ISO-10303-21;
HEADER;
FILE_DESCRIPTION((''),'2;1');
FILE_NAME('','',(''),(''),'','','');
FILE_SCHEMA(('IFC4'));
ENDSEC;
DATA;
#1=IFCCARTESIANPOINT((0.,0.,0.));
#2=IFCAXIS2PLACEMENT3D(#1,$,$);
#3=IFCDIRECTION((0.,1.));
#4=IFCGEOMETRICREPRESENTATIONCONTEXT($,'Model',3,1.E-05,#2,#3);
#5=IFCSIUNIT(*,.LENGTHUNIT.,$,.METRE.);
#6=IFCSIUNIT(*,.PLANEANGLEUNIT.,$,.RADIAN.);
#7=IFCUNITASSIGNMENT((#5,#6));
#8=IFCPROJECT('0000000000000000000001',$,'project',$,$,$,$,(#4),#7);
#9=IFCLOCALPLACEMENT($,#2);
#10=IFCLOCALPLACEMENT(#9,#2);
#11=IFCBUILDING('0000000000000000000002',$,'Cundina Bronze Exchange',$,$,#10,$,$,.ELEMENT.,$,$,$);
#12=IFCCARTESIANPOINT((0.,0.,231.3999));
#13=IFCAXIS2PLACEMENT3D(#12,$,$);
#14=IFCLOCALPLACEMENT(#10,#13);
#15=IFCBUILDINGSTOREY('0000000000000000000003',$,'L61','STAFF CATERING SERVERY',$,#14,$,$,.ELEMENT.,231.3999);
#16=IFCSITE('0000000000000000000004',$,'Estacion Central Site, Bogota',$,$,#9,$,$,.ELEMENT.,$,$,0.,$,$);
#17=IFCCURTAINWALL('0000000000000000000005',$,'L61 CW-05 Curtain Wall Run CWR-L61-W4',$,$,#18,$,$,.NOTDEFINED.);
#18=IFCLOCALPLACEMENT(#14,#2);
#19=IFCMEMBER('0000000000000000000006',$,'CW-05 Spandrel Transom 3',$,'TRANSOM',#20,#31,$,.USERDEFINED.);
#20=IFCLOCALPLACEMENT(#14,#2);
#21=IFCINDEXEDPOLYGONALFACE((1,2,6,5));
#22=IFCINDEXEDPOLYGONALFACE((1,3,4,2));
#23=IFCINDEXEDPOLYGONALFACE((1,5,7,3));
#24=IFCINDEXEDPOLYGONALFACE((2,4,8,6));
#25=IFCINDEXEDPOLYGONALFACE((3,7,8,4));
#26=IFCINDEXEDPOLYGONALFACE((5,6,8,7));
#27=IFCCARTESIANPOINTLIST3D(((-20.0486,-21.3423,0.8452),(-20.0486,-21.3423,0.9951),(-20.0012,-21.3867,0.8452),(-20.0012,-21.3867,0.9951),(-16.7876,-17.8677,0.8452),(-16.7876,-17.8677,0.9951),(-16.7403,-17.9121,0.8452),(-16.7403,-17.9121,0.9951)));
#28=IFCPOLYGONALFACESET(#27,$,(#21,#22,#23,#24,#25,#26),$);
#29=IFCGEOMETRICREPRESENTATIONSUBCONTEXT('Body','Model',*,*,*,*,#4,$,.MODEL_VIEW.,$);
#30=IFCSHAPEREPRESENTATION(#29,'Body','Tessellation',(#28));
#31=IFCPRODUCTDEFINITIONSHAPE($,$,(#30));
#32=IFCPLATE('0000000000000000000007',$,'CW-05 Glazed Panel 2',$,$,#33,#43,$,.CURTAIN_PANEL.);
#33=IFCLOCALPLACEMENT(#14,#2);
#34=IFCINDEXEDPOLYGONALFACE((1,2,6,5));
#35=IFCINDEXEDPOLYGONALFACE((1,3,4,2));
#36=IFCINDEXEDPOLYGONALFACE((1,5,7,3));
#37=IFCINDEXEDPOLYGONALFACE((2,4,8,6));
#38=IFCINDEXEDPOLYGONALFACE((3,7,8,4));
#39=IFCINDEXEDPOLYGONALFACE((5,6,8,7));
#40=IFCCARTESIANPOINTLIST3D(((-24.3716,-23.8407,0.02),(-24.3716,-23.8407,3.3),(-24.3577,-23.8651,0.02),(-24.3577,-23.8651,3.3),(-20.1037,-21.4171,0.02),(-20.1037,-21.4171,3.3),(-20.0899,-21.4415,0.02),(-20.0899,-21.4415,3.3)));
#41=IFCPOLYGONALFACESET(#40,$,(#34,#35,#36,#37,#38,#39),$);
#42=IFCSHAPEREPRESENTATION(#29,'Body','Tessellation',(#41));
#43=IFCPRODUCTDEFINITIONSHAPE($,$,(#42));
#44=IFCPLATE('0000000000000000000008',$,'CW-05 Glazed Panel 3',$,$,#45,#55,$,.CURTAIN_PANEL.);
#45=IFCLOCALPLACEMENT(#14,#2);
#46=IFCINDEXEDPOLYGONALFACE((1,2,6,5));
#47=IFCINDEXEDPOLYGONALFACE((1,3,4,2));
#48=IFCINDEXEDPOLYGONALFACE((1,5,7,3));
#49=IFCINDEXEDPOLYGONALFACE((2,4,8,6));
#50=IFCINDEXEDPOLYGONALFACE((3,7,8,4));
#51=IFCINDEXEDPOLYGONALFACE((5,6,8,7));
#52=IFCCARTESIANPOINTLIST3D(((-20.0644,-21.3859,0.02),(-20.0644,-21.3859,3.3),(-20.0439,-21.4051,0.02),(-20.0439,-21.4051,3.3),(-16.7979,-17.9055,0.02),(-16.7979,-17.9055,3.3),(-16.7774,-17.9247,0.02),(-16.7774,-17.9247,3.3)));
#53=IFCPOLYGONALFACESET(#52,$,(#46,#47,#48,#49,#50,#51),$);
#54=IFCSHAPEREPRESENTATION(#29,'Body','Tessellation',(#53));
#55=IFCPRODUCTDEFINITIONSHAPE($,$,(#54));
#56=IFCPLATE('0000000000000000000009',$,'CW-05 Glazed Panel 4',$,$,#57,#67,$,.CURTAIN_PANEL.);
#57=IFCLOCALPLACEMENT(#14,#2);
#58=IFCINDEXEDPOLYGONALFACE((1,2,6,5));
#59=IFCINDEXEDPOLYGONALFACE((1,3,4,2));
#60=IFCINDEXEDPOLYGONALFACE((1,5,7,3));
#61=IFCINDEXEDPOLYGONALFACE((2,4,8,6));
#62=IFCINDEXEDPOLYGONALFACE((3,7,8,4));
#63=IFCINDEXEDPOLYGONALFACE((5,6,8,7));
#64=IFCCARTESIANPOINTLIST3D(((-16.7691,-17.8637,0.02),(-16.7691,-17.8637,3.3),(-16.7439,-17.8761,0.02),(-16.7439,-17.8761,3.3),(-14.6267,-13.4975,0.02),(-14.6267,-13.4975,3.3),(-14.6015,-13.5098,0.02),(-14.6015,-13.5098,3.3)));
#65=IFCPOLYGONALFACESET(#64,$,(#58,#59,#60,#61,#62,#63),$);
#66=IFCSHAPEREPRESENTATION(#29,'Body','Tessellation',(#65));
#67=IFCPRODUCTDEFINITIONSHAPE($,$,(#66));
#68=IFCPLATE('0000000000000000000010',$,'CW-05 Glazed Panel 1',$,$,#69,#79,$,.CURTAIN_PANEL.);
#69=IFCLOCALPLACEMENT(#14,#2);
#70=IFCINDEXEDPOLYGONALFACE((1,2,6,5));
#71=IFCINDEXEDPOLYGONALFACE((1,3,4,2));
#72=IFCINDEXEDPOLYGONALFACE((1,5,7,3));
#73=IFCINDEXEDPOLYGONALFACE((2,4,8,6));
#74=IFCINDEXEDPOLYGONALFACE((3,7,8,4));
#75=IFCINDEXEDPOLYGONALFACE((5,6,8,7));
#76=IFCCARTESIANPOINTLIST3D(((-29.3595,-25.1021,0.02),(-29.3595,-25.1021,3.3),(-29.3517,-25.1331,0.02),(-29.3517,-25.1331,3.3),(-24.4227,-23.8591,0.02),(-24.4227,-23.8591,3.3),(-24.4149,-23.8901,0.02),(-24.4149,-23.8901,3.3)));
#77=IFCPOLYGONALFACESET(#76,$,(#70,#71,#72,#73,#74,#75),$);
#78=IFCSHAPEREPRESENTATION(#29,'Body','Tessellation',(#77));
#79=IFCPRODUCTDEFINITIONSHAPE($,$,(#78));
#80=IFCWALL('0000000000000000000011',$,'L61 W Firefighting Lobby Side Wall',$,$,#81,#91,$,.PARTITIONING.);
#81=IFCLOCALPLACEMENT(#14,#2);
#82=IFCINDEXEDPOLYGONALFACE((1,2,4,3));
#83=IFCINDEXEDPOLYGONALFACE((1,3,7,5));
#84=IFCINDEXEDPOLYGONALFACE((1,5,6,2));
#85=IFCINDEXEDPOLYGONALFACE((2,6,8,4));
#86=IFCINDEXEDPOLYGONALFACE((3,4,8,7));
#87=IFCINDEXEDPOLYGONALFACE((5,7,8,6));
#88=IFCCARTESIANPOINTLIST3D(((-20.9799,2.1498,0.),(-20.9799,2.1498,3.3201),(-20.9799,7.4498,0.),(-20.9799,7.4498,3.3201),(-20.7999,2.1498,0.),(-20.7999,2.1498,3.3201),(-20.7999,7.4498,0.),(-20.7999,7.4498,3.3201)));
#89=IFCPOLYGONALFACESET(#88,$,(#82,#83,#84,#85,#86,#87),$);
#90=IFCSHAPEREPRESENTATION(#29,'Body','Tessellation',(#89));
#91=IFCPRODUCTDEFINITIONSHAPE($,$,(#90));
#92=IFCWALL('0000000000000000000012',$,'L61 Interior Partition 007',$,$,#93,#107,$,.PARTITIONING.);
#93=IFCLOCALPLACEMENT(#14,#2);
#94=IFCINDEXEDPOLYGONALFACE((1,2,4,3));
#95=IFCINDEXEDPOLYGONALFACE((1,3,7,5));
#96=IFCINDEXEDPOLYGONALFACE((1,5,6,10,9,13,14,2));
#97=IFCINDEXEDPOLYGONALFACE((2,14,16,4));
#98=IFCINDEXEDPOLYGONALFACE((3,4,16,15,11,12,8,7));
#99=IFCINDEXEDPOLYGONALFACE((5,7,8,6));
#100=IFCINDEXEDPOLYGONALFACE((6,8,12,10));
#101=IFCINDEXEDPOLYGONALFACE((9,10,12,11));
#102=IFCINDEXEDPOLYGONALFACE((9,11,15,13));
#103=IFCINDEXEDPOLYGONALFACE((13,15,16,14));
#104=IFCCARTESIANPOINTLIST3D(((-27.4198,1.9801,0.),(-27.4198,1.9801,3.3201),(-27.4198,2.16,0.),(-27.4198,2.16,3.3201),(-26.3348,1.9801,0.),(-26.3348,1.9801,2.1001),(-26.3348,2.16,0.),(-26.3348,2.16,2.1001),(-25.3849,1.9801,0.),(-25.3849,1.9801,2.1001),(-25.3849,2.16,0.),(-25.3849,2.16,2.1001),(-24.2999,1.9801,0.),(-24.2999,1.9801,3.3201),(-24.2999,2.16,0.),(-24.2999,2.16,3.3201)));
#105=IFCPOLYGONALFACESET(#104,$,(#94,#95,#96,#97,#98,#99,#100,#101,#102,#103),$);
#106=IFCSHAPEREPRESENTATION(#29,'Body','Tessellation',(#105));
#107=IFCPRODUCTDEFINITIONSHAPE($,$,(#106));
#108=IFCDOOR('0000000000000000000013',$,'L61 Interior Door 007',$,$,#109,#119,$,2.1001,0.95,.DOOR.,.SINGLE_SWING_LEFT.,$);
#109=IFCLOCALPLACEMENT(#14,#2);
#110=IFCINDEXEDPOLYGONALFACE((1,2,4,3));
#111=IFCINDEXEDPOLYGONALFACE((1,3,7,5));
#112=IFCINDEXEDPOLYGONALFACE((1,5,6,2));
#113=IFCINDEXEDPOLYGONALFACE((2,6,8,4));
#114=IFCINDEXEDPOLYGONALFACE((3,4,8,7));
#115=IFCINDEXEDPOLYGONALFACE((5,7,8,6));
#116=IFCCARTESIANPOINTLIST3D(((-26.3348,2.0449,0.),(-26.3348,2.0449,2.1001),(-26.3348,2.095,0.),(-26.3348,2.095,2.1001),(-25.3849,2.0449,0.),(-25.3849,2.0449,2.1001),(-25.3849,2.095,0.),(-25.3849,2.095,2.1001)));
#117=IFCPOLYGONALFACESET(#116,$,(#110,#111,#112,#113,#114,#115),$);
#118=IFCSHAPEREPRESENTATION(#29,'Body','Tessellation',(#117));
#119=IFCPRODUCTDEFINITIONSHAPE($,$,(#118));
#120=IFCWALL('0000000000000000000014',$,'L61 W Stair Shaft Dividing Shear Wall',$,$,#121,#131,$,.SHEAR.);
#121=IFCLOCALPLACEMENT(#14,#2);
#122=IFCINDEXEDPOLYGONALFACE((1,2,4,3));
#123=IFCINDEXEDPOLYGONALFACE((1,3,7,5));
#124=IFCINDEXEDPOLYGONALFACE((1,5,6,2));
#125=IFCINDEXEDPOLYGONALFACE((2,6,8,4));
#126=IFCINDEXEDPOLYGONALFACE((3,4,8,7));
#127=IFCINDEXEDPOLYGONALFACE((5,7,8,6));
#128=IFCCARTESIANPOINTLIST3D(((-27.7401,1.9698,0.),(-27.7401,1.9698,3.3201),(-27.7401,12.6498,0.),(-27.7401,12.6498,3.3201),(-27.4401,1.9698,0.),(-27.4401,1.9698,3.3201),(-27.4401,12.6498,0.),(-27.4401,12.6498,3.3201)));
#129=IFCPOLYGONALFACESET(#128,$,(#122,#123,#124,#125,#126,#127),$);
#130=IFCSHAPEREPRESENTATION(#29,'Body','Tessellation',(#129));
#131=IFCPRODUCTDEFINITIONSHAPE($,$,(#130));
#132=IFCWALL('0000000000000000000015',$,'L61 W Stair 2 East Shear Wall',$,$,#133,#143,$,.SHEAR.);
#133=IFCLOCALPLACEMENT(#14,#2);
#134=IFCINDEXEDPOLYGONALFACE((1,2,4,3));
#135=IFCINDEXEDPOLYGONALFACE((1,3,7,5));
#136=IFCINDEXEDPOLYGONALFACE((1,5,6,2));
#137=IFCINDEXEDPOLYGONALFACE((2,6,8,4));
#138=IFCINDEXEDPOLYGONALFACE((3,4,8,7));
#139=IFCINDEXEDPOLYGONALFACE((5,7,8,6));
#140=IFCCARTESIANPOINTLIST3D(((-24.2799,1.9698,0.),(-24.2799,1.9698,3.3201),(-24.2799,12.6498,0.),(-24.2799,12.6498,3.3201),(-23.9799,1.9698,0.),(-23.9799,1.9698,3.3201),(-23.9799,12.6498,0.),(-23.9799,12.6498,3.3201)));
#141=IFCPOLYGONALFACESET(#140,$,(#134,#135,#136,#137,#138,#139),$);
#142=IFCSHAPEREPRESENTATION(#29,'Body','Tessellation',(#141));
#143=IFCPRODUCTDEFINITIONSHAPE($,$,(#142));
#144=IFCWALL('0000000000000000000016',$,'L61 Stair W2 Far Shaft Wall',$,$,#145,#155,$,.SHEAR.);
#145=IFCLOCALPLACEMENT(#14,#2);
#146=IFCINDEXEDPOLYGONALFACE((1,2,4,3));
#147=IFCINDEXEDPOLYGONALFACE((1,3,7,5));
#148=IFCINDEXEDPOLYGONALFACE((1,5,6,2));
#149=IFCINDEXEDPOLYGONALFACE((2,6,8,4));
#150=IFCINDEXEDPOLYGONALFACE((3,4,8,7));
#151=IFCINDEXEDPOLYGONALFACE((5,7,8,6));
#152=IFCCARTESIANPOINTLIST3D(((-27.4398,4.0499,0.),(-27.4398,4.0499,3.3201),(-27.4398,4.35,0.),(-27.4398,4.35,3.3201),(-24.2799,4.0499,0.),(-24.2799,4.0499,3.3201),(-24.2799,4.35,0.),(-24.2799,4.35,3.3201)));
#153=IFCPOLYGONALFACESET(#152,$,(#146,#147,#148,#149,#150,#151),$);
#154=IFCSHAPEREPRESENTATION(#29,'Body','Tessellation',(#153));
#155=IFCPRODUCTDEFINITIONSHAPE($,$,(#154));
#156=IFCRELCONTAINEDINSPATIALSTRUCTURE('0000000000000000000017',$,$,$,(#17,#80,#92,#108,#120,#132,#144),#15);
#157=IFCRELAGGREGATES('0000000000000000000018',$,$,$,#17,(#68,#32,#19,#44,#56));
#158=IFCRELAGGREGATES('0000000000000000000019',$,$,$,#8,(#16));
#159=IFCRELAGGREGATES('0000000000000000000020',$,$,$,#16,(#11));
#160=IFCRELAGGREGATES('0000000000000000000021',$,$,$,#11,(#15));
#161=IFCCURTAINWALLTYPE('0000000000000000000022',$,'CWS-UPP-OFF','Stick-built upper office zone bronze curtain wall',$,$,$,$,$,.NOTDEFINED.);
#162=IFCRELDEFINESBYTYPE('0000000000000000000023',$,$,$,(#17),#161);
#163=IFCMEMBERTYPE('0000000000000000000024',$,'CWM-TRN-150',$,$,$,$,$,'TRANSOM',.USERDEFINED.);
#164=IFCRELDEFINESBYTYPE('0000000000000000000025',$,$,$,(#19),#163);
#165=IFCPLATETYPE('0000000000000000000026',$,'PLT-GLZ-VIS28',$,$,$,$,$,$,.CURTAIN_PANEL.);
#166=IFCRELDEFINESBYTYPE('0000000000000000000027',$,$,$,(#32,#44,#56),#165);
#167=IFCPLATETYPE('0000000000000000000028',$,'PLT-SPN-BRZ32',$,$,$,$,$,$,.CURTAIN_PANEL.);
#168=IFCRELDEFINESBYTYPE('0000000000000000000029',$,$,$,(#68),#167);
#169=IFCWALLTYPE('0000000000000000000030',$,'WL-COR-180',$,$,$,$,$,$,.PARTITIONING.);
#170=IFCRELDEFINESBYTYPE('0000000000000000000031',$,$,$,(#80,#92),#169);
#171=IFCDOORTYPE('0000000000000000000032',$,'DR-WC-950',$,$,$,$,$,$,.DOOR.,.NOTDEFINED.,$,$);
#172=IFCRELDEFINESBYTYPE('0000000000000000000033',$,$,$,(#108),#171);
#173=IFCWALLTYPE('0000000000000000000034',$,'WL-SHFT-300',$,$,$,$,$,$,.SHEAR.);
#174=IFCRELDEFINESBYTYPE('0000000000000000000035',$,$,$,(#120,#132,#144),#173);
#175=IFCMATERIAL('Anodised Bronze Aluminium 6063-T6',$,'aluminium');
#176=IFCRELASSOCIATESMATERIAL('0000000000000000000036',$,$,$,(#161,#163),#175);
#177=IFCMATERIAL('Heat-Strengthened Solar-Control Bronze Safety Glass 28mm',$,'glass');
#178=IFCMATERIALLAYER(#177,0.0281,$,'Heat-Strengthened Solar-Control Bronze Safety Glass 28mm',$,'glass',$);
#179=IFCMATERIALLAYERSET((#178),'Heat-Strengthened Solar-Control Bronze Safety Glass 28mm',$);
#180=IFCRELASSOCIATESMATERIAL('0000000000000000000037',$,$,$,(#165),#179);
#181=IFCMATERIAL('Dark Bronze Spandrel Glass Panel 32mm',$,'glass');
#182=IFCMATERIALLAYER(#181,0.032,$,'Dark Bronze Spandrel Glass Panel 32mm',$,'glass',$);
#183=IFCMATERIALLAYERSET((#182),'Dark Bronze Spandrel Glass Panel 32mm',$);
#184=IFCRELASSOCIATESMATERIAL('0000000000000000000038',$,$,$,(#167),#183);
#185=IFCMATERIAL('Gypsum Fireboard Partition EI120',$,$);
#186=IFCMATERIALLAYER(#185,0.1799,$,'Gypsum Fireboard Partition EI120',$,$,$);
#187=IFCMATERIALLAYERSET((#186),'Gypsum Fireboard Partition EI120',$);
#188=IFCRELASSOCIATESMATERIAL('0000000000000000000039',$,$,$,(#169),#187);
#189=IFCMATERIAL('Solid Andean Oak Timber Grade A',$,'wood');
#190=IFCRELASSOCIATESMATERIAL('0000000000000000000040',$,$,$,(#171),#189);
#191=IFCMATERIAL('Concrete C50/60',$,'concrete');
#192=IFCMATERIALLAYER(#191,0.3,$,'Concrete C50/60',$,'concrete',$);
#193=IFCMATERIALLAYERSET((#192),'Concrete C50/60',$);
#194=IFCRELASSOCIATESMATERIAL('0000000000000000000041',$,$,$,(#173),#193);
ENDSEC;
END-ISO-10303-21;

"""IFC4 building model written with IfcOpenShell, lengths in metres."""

from ifc_helpers import new_model, si_unit, direction, frame, frame_2d, origin, origin_2d, place, context, subcontext, project, spatial, rectangle, extrude, material, layer, layer_set, material_profile, profile_set, type_object, element, fill, aggregate, save


model = new_model("IFC4")

# Units and contexts
model_context = context("Model", 3, precision=1e-05, world=origin(), true_north=direction((0.0, 1.0)))
body_context = subcontext(model_context, "Body", "Model", "MODEL_VIEW")
ifc_project = project(units=[si_unit("LENGTHUNIT", "METRE"), si_unit("PLANEANGLEUNIT", "RADIAN")], contexts=[model_context])

# Site, building, storey
site_placement = place(None, origin())
site = spatial("IfcSite", under=ifc_project, at=site_placement, Name="Estacion Central Site, Bogota", CompositionType="ELEMENT", RefElevation=0.0)
building_placement = place(site_placement, origin())
building = spatial("IfcBuilding", under=site, at=building_placement, Name="Cundina Bronze Exchange", CompositionType="ELEMENT")
storey_placement = place(building_placement, frame((0.0, 0.0, 231.3999)))
storey = spatial("IfcBuildingStorey", under=building, at=storey_placement, Name="L61", Description="STAFF CATERING SERVERY", CompositionType="ELEMENT", Elevation=231.3999)

# Shared definitions
ifc_material_1 = material(Name="Concrete C50/60", Category="concrete")

# Curtain wall, member, plates
ifc_material_2 = material(Name="Anodised Bronze Aluminium 6063-T6", Category="aluminium")
curtain_wall_type = type_object("IfcCurtainWallType", Name="CWS-UPP-OFF", Description="Stick-built upper office zone bronze curtain wall", PredefinedType="NOTDEFINED", material=ifc_material_2)
curtain_wall_placement = place(storey_placement, origin())
curtain_wall = element("IfcCurtainWall", 1, at=curtain_wall_placement, inside=storey, type_object=curtain_wall_type, Name="L61 CW-05 Curtain Wall Run CWR-L61-W4", PredefinedType="NOTDEFINED")
ifc_material_profile_1 = material_profile(ifc_material_2, rectangle(XDim=0.0649, YDim=0.1499, at=origin_2d()), Name="AL65X150", Category="aluminium")
ifc_profile_set_1 = profile_set([ifc_material_profile_1], Name="Anodised Bronze Aluminium 6063-T6")
member_type_1 = type_object("IfcMemberType", Name="CWM-TRN-150", ElementType="TRANSOM", PredefinedType="USERDEFINED", material=ifc_profile_set_1)
member_1_placement = place(storey_placement, frame((-20.0249, -21.3645, 0.9202), z_axis=(0.684336, 0.729166, 0.0), x_axis=(-0.729166, 0.684336, 0.0)))
member_1 = element("IfcMember", 2, at=member_1_placement, type_object=member_type_1, Name="CW-05 Spandrel Transom 3", ObjectType="TRANSOM", PredefinedType="USERDEFINED", context=body_context, shape_type="SweptSolid", body=[
    extrude(rectangle(XDim=0.0649, YDim=0.1499, at=origin_2d()), origin(), (0.0, 0.0, 1.0), 4.7651),
])
ifc_material_3 = material(Name="Heat-Strengthened Solar-Control Bronze Safety Glass 28mm", Category="glass")
ifc_layer_1 = layer(ifc_material_3, 0.0281, Name="Heat-Strengthened Solar-Control Bronze Safety Glass 28mm", Category="glass")
ifc_layer_set_1 = layer_set([ifc_layer_1], Name="Heat-Strengthened Solar-Control Bronze Safety Glass 28mm")
plate_type_1 = type_object("IfcPlateType", Name="PLT-GLZ-VIS28", PredefinedType="CURTAIN_PANEL", material=ifc_layer_set_1)
plate_1_placement = place(storey_placement, frame((-22.2307, -22.6411, 0.02), z_axis=(0.0, 0.0, 1.0), x_axis=(0.869573, 0.493805, 0.0)))
plate_1 = element("IfcPlate", 3, at=plate_1_placement, type_object=plate_type_1, Name="CW-05 Glazed Panel 2", PredefinedType="CURTAIN_PANEL", context=body_context, shape_type="SweptSolid", body=[
    extrude(rectangle(XDim=4.908, YDim=0.0281, at=origin_2d()), origin(), (0.0, 0.0, 1.0), 3.28),
])
plate_2_placement = place(storey_placement, frame((-18.4209, -19.6553, 0.02), z_axis=(0.0, 0.0, 1.0), x_axis=(0.684344, 0.72916, 0.0)))
plate_2 = element("IfcPlate", 4, at=plate_2_placement, type_object=plate_type_1, Name="CW-05 Glazed Panel 3", PredefinedType="CURTAIN_PANEL", context=body_context, shape_type="SweptSolid", body=[
    extrude(rectangle(XDim=4.7732, YDim=0.0281, at=origin_2d()), origin(), (0.0, 0.0, 1.0), 3.28),
])
plate_3_placement = place(storey_placement, frame((-15.6853, -15.6868, 0.02), z_axis=(0.0, 0.0, 1.0), x_axis=(0.440503, 0.897751, 0.0)))
plate_3 = element("IfcPlate", 5, at=plate_3_placement, type_object=plate_type_1, Name="CW-05 Glazed Panel 4", PredefinedType="CURTAIN_PANEL", context=body_context, shape_type="SweptSolid", body=[
    extrude(rectangle(XDim=4.8635, YDim=0.0281, at=origin_2d()), origin(), (0.0, 0.0, 1.0), 3.28),
])
ifc_material_4 = material(Name="Dark Bronze Spandrel Glass Panel 32mm", Category="glass")
ifc_layer_2 = layer(ifc_material_4, 0.032, Name="Dark Bronze Spandrel Glass Panel 32mm", Category="glass")
ifc_layer_set_2 = layer_set([ifc_layer_2], Name="Dark Bronze Spandrel Glass Panel 32mm")
plate_type_2 = type_object("IfcPlateType", Name="PLT-SPN-BRZ32", PredefinedType="CURTAIN_PANEL", material=ifc_layer_set_2)
plate_4_placement = place(storey_placement, frame((-26.8872, -24.4961, 0.02), z_axis=(0.0, 0.0, 1.0), x_axis=(0.969732, 0.244174, 0.0)))
plate_4 = element("IfcPlate", 6, at=plate_4_placement, type_object=plate_type_2, Name="CW-05 Glazed Panel 1", PredefinedType="CURTAIN_PANEL", context=body_context, shape_type="SweptSolid", body=[
    extrude(rectangle(XDim=5.0908, YDim=0.032, at=origin_2d()), origin(), (0.0, 0.0, 1.0), 3.28),
])
aggregate(curtain_wall, [plate_4, plate_1, member_1, plate_2, plate_3])

# Wall
ifc_material_5 = material(Name="Gypsum Fireboard Partition EI120")
ifc_layer_3 = layer(ifc_material_5, 0.1799, Name="Gypsum Fireboard Partition EI120")
ifc_layer_set_3 = layer_set([ifc_layer_3], Name="Gypsum Fireboard Partition EI120")
wall_type_1 = type_object("IfcWallType", Name="WL-COR-180", PredefinedType="PARTITIONING", material=ifc_layer_set_3)
wall_1_placement = place(storey_placement, frame((-20.8899, 2.1499, 0.0), z_axis=(0.0, 0.0, 1.0), x_axis=(0.0, 1.0, 0.0)))
element("IfcWall", 7, at=wall_1_placement, inside=storey, type_object=wall_type_1, Name="L61 W Firefighting Lobby Side Wall", PredefinedType="PARTITIONING", context=body_context, shape_type="SweptSolid", body=[
    extrude(rectangle(XDim=5.3, YDim=0.1799, at=frame_2d((2.6499, 0.0))), origin(), (0.0, 0.0, 1.0), 3.3201),
])

# Wall, opening, door
wall_2_placement = place(storey_placement, frame((-27.4199, 2.0701, 0.0), z_axis=(0.0, 0.0, 1.0), x_axis=(1.0, 0.0, 0.0)))
wall_2 = element("IfcWall", 8, at=wall_2_placement, inside=storey, type_object=wall_type_1, Name="L61 Interior Partition 007", PredefinedType="PARTITIONING", context=body_context, shape_type="SweptSolid", body=[
    extrude(rectangle(XDim=3.1199, YDim=0.1799, at=frame_2d((1.5601, 0.0))), origin(), (0.0, 0.0, 1.0), 3.3201),
])
opening_1_placement = place(wall_2_placement, frame((1.085, 0.0, 0.0)))
opening_1 = element("IfcOpeningElement", 9, at=opening_1_placement, cuts=wall_2, PredefinedType="OPENING", context=body_context, shape_type="SweptSolid", body=[
    extrude(rectangle(XDim=0.95, YDim=2.1001, at=frame_2d((0.4751, 1.05))), frame((0.0, 0.0999, 0.0), z_axis=(0.0, -1.0, 0.0), x_axis=(1.0, 0.0, 0.0)), (0.0, 0.0, 1.0), 0.2),
])
ifc_material_6 = material(Name="Solid Andean Oak Timber Grade A", Category="wood")
door_type_1 = type_object("IfcDoorType", Name="DR-WC-950", OperationType="NOTDEFINED", PredefinedType="DOOR", material=ifc_material_6)
door_1_placement = place(opening_1_placement, origin())
door_1 = element("IfcDoor", 10, at=door_1_placement, inside=storey, type_object=door_type_1, Name="L61 Interior Door 007", OperationType="SINGLE_SWING_LEFT", OverallHeight=2.1001, OverallWidth=0.95, PredefinedType="DOOR", context=body_context, shape_type="SweptSolid", body=[
    extrude(rectangle(XDim=0.95, YDim=2.1001, at=frame_2d((0.4751, 1.05))), frame((0.0, 0.0249, 0.0), z_axis=(0.0, -1.0, 0.0), x_axis=(1.0, 0.0, 0.0)), (0.0, 0.0, 1.0), 0.05),
])
fill(opening_1, door_1)

# Walls
ifc_layer_4 = layer(ifc_material_1, 0.3, Name="Concrete C50/60", Category="concrete")
ifc_layer_set_4 = layer_set([ifc_layer_4], Name="Concrete C50/60")
wall_type_2 = type_object("IfcWallType", Name="WL-SHFT-300", PredefinedType="SHEAR", material=ifc_layer_set_4)
for number, where, z_axis, x_axis, name in (
    (11, (-27.5901, 1.97, 0.0), (0.0, 0.0, 1.0), (0.0, 1.0, 0.0), "L61 W Stair Shaft Dividing Shear Wall"),
    (12, (-24.1299, 1.97, 0.0), (0.0, 0.0, 1.0), (0.0, 1.0, 0.0), "L61 W Stair 2 East Shear Wall"),
):
    element("IfcWall", number, at=place(storey_placement, frame(where, z_axis=z_axis, x_axis=x_axis)), inside=storey, type_object=wall_type_2, Name=name, PredefinedType="SHEAR", context=body_context, shape_type="SweptSolid", body=[
        extrude(rectangle(XDim=10.6799, YDim=0.3, at=frame_2d((5.3398, 0.0))), origin(), (0.0, 0.0, 1.0), 3.3201),
    ])
wall_3_placement = place(storey_placement, frame((-27.4399, 4.2, 0.0), z_axis=(0.0, 0.0, 1.0), x_axis=(1.0, 0.0, 0.0)))
element("IfcWall", 13, at=wall_3_placement, inside=storey, type_object=wall_type_2, Name="L61 Stair W2 Far Shaft Wall", PredefinedType="SHEAR", context=body_context, shape_type="SweptSolid", body=[
    extrude(rectangle(XDim=3.1599, YDim=0.3, at=frame_2d((1.5801, 0.0))), origin(), (0.0, 0.0, 1.0), 3.3201),
])

save(model, "model.ifc")
